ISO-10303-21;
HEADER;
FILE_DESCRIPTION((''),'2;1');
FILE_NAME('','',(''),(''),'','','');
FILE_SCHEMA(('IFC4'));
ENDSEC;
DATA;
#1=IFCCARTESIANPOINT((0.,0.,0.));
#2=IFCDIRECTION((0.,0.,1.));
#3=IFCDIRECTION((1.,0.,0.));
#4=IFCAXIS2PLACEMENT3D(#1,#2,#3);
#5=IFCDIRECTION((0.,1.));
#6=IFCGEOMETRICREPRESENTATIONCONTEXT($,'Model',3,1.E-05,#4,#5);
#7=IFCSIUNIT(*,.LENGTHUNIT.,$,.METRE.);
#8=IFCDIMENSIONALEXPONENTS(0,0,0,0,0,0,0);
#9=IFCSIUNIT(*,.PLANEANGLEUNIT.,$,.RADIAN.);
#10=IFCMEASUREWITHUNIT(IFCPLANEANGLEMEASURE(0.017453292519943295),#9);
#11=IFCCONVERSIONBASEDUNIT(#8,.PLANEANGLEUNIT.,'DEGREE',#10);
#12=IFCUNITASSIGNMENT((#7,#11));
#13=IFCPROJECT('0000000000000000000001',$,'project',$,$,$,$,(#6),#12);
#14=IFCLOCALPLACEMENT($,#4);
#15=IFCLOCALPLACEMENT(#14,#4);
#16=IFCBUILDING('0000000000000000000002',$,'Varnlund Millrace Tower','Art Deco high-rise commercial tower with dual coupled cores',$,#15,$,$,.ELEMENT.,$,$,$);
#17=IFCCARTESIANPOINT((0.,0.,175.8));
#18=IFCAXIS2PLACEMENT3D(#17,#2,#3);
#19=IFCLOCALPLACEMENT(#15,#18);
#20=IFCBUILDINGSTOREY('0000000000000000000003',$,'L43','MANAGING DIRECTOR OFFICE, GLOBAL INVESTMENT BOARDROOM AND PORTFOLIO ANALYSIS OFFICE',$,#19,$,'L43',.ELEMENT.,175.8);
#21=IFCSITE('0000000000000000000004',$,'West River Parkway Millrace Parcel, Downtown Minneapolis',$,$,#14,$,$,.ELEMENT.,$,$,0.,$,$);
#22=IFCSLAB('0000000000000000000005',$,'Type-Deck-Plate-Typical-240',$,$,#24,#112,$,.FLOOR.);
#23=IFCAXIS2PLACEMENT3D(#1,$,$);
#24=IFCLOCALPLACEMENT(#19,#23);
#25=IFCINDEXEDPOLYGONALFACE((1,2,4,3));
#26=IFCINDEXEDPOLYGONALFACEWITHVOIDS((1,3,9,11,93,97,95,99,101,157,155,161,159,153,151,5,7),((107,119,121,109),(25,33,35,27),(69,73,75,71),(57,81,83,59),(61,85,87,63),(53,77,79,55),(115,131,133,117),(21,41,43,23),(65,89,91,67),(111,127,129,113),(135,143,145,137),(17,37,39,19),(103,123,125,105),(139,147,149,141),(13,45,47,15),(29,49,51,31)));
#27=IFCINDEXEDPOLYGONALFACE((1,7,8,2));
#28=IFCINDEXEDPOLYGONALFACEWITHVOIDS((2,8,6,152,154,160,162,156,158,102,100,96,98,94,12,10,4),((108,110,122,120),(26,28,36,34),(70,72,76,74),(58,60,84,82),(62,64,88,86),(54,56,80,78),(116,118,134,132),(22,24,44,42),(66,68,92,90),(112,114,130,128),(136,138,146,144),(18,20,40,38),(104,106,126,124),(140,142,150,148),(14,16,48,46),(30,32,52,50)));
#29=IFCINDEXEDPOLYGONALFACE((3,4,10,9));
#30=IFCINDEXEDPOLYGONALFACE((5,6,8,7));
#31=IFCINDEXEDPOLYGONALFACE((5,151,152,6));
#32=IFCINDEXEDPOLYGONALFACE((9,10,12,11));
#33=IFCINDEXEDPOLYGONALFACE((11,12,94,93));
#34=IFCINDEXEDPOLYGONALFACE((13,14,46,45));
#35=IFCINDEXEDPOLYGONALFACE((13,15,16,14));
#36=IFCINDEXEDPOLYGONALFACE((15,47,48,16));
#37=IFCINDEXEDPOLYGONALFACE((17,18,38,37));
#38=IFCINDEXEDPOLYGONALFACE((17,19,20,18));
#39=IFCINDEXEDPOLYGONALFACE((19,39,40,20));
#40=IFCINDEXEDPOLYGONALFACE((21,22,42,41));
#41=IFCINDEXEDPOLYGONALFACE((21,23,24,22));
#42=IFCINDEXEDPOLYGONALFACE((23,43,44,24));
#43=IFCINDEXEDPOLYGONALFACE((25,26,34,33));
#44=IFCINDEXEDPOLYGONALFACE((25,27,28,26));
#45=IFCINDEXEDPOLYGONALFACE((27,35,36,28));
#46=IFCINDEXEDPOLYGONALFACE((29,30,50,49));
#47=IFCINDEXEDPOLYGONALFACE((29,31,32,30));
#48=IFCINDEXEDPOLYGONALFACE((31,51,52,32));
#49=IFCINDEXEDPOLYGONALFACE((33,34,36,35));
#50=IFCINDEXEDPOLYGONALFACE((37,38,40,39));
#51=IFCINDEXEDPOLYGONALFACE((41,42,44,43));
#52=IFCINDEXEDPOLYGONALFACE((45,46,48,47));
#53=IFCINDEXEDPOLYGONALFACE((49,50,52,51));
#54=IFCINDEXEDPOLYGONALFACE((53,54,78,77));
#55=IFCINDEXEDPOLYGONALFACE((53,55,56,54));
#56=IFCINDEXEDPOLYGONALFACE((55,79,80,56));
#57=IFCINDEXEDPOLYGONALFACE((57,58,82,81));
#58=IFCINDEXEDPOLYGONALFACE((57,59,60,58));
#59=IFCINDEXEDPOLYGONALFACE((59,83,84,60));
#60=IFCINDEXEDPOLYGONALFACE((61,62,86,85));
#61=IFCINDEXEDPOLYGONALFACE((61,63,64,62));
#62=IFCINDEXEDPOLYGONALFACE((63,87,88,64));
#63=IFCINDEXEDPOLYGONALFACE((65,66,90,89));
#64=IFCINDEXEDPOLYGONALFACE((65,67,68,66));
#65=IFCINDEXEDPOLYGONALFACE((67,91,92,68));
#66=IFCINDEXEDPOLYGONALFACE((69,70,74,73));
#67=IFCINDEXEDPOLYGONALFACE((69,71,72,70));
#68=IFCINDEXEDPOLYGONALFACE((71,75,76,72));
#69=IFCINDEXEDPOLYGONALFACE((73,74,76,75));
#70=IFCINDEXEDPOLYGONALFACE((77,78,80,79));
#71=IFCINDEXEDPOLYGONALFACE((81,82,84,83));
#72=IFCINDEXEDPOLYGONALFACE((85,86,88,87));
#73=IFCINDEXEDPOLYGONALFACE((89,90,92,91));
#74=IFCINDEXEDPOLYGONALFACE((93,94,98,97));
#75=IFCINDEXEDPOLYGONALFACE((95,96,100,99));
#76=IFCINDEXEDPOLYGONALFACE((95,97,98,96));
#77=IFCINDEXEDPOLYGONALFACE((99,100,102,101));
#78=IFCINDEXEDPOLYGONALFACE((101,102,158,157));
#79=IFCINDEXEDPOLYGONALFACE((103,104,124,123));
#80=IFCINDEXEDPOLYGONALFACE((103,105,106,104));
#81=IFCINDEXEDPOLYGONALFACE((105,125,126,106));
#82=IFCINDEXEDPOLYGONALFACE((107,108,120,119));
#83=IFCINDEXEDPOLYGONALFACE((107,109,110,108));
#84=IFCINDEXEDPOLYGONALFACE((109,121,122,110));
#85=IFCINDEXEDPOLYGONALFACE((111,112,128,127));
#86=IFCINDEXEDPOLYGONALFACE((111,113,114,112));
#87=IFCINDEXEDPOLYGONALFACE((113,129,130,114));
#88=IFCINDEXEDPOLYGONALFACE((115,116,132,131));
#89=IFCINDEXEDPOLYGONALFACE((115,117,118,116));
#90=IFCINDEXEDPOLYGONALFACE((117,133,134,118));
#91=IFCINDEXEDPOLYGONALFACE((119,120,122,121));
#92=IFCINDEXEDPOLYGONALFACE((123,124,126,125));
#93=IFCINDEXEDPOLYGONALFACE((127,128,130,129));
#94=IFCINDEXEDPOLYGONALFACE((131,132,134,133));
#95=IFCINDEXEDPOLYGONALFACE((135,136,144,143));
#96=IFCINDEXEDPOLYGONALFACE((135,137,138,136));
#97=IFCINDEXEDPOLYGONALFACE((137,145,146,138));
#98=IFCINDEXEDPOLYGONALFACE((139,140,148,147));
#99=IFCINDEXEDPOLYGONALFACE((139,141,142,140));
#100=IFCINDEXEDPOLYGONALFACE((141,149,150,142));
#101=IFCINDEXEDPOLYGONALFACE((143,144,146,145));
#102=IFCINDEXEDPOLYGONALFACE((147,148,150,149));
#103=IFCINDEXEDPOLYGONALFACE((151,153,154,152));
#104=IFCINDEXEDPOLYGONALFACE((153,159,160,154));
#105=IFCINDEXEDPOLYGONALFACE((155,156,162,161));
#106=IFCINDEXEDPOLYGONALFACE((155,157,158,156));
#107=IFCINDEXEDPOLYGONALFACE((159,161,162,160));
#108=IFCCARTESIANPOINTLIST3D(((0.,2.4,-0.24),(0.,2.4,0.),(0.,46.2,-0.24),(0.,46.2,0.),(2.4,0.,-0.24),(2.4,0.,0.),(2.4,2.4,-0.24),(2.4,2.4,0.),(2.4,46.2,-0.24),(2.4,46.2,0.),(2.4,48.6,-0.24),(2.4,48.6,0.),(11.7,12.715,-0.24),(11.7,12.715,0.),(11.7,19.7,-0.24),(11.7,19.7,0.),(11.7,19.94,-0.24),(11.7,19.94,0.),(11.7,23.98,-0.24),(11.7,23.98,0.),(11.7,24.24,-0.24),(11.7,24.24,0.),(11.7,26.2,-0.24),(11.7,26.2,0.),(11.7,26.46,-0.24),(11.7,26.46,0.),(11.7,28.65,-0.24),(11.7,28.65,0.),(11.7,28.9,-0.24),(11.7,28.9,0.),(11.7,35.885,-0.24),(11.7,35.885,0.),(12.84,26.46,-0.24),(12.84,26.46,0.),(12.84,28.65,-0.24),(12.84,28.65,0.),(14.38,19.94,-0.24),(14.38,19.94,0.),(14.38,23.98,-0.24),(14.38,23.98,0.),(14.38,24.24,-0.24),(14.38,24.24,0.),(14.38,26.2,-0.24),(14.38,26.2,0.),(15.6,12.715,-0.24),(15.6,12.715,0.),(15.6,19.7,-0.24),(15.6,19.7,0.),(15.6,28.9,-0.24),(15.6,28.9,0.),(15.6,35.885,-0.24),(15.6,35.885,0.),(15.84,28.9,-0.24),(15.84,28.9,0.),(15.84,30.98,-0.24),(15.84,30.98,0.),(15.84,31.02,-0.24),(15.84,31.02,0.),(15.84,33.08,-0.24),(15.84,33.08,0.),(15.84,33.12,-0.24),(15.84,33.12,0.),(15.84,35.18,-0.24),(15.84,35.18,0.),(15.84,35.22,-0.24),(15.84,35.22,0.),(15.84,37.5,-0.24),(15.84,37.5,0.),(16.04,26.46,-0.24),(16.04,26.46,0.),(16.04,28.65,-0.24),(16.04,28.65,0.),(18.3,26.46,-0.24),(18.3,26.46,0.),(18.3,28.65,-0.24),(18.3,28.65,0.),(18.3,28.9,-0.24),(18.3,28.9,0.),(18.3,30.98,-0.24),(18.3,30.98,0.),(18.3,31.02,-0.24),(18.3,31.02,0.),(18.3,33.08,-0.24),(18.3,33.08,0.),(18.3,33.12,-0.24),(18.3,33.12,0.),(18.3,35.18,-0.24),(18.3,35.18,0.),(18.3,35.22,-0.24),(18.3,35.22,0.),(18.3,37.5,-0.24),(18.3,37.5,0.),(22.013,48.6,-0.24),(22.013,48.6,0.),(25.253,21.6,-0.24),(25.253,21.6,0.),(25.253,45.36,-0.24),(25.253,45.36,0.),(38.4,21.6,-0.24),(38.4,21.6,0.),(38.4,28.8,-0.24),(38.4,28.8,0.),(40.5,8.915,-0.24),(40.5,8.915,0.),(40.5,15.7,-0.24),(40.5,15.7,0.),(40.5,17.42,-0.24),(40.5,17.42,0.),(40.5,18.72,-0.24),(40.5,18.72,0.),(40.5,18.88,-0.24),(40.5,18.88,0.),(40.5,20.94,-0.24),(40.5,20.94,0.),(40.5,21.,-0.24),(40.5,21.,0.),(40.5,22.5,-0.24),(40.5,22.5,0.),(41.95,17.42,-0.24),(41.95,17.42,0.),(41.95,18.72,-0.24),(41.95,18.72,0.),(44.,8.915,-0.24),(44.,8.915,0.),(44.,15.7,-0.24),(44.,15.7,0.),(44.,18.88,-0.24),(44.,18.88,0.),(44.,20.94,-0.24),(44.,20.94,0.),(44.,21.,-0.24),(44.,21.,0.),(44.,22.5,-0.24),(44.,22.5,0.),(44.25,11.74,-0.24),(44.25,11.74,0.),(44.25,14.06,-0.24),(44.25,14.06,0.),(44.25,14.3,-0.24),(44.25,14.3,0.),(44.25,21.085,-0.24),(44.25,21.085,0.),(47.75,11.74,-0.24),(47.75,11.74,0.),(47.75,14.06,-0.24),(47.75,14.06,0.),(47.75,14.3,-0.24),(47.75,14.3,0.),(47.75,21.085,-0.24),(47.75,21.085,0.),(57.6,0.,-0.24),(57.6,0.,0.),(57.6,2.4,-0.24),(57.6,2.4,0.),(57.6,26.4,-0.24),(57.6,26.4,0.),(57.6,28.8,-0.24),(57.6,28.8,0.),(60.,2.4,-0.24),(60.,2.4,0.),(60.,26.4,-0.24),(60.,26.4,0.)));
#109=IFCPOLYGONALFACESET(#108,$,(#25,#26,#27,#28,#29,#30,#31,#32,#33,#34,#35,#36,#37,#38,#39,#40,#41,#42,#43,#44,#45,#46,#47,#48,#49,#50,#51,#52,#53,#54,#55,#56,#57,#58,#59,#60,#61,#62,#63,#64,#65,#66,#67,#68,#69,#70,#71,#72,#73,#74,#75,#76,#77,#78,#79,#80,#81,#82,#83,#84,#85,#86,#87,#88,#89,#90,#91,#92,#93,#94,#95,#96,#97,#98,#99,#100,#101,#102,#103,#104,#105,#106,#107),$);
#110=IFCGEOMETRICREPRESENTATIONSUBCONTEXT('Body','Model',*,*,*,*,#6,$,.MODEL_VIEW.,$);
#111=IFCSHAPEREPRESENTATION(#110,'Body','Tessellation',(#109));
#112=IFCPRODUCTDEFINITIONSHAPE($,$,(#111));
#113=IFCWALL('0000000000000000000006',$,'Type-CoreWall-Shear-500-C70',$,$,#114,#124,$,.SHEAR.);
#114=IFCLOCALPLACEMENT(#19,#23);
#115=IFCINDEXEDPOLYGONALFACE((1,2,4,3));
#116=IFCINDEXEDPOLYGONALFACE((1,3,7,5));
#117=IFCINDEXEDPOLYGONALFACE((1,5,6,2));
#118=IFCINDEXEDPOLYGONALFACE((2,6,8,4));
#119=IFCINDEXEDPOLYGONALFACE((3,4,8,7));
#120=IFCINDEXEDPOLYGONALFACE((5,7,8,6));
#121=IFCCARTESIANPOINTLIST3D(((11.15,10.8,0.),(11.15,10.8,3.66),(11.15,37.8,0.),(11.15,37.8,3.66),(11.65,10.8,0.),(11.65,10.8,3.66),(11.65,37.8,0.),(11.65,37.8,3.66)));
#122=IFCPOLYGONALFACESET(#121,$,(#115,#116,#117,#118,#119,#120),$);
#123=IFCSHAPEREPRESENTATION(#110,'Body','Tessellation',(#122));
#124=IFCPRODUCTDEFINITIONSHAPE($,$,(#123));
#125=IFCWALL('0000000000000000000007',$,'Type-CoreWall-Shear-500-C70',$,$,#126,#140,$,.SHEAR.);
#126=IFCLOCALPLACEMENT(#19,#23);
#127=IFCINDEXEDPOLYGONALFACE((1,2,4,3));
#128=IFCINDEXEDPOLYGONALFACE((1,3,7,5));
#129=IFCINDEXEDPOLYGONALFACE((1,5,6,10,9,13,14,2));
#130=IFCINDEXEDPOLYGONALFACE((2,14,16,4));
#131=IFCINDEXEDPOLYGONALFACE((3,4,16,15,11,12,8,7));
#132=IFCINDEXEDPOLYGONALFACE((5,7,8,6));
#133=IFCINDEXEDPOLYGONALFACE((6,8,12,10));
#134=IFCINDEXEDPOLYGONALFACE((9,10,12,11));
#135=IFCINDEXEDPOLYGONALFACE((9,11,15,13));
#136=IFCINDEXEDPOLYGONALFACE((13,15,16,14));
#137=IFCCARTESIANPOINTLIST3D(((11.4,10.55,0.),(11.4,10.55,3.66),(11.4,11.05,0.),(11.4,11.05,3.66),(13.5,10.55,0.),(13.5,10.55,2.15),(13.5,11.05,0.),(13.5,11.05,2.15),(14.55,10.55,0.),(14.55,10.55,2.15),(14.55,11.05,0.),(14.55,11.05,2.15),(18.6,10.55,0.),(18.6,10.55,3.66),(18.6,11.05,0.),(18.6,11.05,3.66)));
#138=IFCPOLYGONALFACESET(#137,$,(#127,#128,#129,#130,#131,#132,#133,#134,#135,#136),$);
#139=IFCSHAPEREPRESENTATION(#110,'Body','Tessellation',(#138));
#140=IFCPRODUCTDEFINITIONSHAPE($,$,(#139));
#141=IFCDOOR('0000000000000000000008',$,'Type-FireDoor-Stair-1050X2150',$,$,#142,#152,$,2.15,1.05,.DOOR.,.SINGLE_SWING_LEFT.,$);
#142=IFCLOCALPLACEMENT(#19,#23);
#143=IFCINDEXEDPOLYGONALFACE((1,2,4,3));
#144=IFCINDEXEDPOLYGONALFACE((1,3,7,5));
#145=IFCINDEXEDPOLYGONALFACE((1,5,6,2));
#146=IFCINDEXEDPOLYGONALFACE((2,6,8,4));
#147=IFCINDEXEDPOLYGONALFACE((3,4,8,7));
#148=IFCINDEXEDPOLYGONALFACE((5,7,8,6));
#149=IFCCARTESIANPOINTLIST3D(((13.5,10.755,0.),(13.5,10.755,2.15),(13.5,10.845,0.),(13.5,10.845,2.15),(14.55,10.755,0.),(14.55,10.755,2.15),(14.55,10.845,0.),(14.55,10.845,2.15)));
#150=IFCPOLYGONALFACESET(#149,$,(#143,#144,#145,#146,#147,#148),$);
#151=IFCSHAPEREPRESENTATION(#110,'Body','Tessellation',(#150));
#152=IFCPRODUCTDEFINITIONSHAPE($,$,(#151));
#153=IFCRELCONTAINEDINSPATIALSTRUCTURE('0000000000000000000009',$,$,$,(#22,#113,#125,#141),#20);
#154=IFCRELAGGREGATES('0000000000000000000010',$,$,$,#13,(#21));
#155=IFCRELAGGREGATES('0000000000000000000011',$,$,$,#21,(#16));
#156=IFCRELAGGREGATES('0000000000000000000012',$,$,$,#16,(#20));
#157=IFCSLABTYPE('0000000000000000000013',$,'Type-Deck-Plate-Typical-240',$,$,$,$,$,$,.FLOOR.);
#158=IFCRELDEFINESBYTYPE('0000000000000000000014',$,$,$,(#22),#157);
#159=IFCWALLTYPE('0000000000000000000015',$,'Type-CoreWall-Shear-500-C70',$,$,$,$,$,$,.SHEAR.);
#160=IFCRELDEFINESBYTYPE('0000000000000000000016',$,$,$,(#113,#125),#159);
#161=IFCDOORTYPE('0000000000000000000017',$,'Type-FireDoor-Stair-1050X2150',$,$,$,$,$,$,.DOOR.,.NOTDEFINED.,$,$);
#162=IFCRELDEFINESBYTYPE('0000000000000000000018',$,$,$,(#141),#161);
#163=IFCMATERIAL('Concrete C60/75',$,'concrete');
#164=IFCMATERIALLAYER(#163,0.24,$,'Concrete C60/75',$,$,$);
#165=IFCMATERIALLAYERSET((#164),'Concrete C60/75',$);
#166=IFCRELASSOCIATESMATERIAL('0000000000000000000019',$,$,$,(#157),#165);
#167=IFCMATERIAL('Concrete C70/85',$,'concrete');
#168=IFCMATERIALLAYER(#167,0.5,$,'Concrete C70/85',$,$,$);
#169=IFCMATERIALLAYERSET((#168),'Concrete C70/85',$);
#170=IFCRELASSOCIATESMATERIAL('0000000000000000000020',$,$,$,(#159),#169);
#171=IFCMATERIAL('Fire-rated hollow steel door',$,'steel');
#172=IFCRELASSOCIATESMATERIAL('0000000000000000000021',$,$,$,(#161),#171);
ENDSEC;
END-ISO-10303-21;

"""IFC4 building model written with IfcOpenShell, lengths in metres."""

from ifc_helpers import new_model, entity, si_unit, converted_unit, direction, frame, origin_with_axes, origin_2d_with_axis, place, context, subcontext, project, spatial, polyline, rectangle, outline, extrude, material, layer, layer_set, type_object, element, fill, save


model = new_model("IFC4")

# Units and contexts
model_context = context("Model", 3, precision=1e-05, world=origin_with_axes(), true_north=direction((0.0, 1.0)))
body_context = subcontext(model_context, "Body", "Model", "MODEL_VIEW")
ifc_project = project(units=[si_unit("LENGTHUNIT", "METRE"), converted_unit("PLANEANGLEUNIT", "DEGREE", entity("IfcPlaneAngleMeasure", 0.017453292519943295), si_unit("PLANEANGLEUNIT", "RADIAN"), dimensions=[0, 0, 0, 0, 0, 0, 0])], contexts=[model_context])

# Site, building, storey
site_placement = place(None, origin_with_axes())
site = spatial("IfcSite", under=ifc_project, at=site_placement, Name="West River Parkway Millrace Parcel, Downtown Minneapolis", CompositionType="ELEMENT", RefElevation=0.0)
building_placement = place(site_placement, origin_with_axes())
building = spatial("IfcBuilding", under=site, at=building_placement, Name="Varnlund Millrace Tower", Description="Art Deco high-rise commercial tower with dual coupled cores", CompositionType="ELEMENT")
storey_placement = place(building_placement, frame((0.0, 0.0, 175.8), z_axis=(0.0, 0.0, 1.0), x_axis=(1.0, 0.0, 0.0)))
storey = spatial("IfcBuildingStorey", under=building, at=storey_placement, Name="L43", Description="MANAGING DIRECTOR OFFICE, GLOBAL INVESTMENT BOARDROOM AND PORTFOLIO ANALYSIS OFFICE", LongName="L43", CompositionType="ELEMENT", Elevation=175.8)

# Slab
ifc_material_1 = material(Name="Concrete C60/75", Category="concrete")
ifc_layer_1 = layer(ifc_material_1, 0.24, Name="Concrete C60/75")
ifc_layer_set_1 = layer_set([ifc_layer_1], Name="Concrete C60/75")
slab_type = type_object("IfcSlabType", Name="Type-Deck-Plate-Typical-240", PredefinedType="FLOOR", material=ifc_layer_set_1)
slab_placement = place(storey_placement, frame((0.0, 0.0, -0.24), z_axis=(0.0, 0.0, 1.0), x_axis=(1.0, 0.0, 0.0)))
element("IfcSlab", 1, at=slab_placement, inside=storey, type_object=slab_type, Name="Type-Deck-Plate-Typical-240", PredefinedType="FLOOR", context=body_context, shape_type="SweptSolid", body=[
    extrude(outline(polyline([(25.253, 21.6), (25.253, 45.36), (22.013, 48.6), (2.4, 48.6), (2.4, 46.2), (0.0, 46.2), (0.0, 2.4), (2.4, 2.4), (2.4, 0.0), (57.6, 0.0), (57.6, 2.4), (60.0, 2.4), (60.0, 26.4), (57.6, 26.4), (57.6, 28.8), (38.4, 28.8), (38.4, 21.6), (25.253, 21.6)]), holes=[polyline([(15.6, 12.715), (11.7, 12.715), (11.7, 19.7), (15.6, 19.7), (15.6, 12.715)]), polyline([(14.38, 23.98), (14.38, 19.94), (11.7, 19.94), (11.7, 23.98), (14.38, 23.98)]), polyline([(14.38, 24.24), (11.7, 24.24), (11.7, 26.2), (14.38, 26.2), (14.38, 24.24)]), polyline([(12.84, 26.46), (11.7, 26.46), (11.7, 28.65), (12.84, 28.65), (12.84, 26.46)]), polyline([(18.3, 28.9), (15.84, 28.9), (15.84, 30.98), (18.3, 30.98), (18.3, 28.9)]), polyline([(18.3, 31.02), (15.84, 31.02), (15.84, 33.08), (18.3, 33.08), (18.3, 31.02)]), polyline([(15.6, 28.9), (11.7, 28.9), (11.7, 35.885), (15.6, 35.885), (15.6, 28.9)]), polyline([(18.3, 33.12), (15.84, 33.12), (15.84, 35.18), (18.3, 35.18), (18.3, 33.12)]), polyline([(44.0, 8.915), (40.5, 8.915), (40.5, 15.7), (44.0, 15.7), (44.0, 8.915)]), polyline([(47.75, 11.74), (44.25, 11.74), (44.25, 14.06), (47.75, 14.06), (47.75, 11.74)]), polyline([(47.75, 14.3), (44.25, 14.3), (44.25, 21.085), (47.75, 21.085), (47.75, 14.3)]), polyline([(41.95, 17.42), (40.5, 17.42), (40.5, 18.72), (41.95, 18.72), (41.95, 17.42)]), polyline([(44.0, 18.88), (40.5, 18.88), (40.5, 20.94), (44.0, 20.94), (44.0, 18.88)]), polyline([(44.0, 21.0), (40.5, 21.0), (40.5, 22.5), (44.0, 22.5), (44.0, 21.0)]), polyline([(16.04, 26.46), (16.04, 28.65), (18.3, 28.65), (18.3, 26.46), (16.04, 26.46)]), polyline([(15.84, 35.22), (15.84, 37.5), (18.3, 37.5), (18.3, 35.22), (15.84, 35.22)])]), origin_with_axes(), (0.0, 0.0, 1.0), 0.24),
])

# Wall
ifc_material_2 = material(Name="Concrete C70/85", Category="concrete")
ifc_layer_2 = layer(ifc_material_2, 0.5, Name="Concrete C70/85")
ifc_layer_set_2 = layer_set([ifc_layer_2], Name="Concrete C70/85")
wall_type_1 = type_object("IfcWallType", Name="Type-CoreWall-Shear-500-C70", PredefinedType="SHEAR", material=ifc_layer_set_2)
wall_1_placement = place(storey_placement, frame((11.4, 10.8, 0.0), z_axis=(0.0, 0.0, 1.0), x_axis=(0.0, 1.0, 0.0)))
element("IfcWall", 2, at=wall_1_placement, inside=storey, type_object=wall_type_1, Name="Type-CoreWall-Shear-500-C70", PredefinedType="SHEAR", context=body_context, shape_type="SweptSolid", body=[
    extrude(outline(polyline([(0.0, -0.25), (27.0, -0.25), (27.0, 0.25), (0.0, 0.25), (0.0, -0.25)])), origin_with_axes(), (0.0, 0.0, 1.0), 3.66),
])

# Wall, opening, door
wall_2_placement = place(storey_placement, frame((11.4, 10.8, 0.0), z_axis=(0.0, 0.0, 1.0), x_axis=(1.0, 0.0, 0.0)))
wall_2 = element("IfcWall", 3, at=wall_2_placement, inside=storey, type_object=wall_type_1, Name="Type-CoreWall-Shear-500-C70", PredefinedType="SHEAR", context=body_context, shape_type="SweptSolid", body=[
    extrude(outline(polyline([(0.0, -0.25), (7.2, -0.25), (7.2, 0.25), (0.0, 0.25), (0.0, -0.25)])), origin_with_axes(), (0.0, 0.0, 1.0), 3.66),
])
opening_1_placement = place(wall_2_placement, frame((2.625, 0.0, 0.0), z_axis=(0.0, 0.0, 1.0), x_axis=(1.0, 0.0, 0.0)))
opening_1 = element("IfcOpeningElement", 4, at=opening_1_placement, cuts=wall_2, PredefinedType="OPENING", context=body_context, shape_type="SweptSolid", body=[
    extrude(rectangle(XDim=1.05, YDim=0.52, at=origin_2d_with_axis()), origin_with_axes(), (0.0, 0.0, 1.0), 2.15),
])
ifc_material_3 = material(Name="Fire-rated hollow steel door", Category="steel")
door_type_1 = type_object("IfcDoorType", Name="Type-FireDoor-Stair-1050X2150", OperationType="NOTDEFINED", PredefinedType="DOOR", material=ifc_material_3)
door_1_placement = place(wall_2_placement, frame((2.625, 0.0, 0.0), z_axis=(0.0, 0.0, 1.0), x_axis=(1.0, 0.0, 0.0)))
door_1 = element("IfcDoor", 5, at=door_1_placement, inside=storey, type_object=door_type_1, Name="Type-FireDoor-Stair-1050X2150", OperationType="SINGLE_SWING_LEFT", OverallHeight=2.15, OverallWidth=1.05, PredefinedType="DOOR", context=body_context, shape_type="SweptSolid", body=[
    extrude(rectangle(XDim=1.05, YDim=0.09, at=origin_2d_with_axis()), origin_with_axes(), (0.0, 0.0, 1.0), 2.15),
])
fill(opening_1, door_1)

save(model, "model.ifc")
